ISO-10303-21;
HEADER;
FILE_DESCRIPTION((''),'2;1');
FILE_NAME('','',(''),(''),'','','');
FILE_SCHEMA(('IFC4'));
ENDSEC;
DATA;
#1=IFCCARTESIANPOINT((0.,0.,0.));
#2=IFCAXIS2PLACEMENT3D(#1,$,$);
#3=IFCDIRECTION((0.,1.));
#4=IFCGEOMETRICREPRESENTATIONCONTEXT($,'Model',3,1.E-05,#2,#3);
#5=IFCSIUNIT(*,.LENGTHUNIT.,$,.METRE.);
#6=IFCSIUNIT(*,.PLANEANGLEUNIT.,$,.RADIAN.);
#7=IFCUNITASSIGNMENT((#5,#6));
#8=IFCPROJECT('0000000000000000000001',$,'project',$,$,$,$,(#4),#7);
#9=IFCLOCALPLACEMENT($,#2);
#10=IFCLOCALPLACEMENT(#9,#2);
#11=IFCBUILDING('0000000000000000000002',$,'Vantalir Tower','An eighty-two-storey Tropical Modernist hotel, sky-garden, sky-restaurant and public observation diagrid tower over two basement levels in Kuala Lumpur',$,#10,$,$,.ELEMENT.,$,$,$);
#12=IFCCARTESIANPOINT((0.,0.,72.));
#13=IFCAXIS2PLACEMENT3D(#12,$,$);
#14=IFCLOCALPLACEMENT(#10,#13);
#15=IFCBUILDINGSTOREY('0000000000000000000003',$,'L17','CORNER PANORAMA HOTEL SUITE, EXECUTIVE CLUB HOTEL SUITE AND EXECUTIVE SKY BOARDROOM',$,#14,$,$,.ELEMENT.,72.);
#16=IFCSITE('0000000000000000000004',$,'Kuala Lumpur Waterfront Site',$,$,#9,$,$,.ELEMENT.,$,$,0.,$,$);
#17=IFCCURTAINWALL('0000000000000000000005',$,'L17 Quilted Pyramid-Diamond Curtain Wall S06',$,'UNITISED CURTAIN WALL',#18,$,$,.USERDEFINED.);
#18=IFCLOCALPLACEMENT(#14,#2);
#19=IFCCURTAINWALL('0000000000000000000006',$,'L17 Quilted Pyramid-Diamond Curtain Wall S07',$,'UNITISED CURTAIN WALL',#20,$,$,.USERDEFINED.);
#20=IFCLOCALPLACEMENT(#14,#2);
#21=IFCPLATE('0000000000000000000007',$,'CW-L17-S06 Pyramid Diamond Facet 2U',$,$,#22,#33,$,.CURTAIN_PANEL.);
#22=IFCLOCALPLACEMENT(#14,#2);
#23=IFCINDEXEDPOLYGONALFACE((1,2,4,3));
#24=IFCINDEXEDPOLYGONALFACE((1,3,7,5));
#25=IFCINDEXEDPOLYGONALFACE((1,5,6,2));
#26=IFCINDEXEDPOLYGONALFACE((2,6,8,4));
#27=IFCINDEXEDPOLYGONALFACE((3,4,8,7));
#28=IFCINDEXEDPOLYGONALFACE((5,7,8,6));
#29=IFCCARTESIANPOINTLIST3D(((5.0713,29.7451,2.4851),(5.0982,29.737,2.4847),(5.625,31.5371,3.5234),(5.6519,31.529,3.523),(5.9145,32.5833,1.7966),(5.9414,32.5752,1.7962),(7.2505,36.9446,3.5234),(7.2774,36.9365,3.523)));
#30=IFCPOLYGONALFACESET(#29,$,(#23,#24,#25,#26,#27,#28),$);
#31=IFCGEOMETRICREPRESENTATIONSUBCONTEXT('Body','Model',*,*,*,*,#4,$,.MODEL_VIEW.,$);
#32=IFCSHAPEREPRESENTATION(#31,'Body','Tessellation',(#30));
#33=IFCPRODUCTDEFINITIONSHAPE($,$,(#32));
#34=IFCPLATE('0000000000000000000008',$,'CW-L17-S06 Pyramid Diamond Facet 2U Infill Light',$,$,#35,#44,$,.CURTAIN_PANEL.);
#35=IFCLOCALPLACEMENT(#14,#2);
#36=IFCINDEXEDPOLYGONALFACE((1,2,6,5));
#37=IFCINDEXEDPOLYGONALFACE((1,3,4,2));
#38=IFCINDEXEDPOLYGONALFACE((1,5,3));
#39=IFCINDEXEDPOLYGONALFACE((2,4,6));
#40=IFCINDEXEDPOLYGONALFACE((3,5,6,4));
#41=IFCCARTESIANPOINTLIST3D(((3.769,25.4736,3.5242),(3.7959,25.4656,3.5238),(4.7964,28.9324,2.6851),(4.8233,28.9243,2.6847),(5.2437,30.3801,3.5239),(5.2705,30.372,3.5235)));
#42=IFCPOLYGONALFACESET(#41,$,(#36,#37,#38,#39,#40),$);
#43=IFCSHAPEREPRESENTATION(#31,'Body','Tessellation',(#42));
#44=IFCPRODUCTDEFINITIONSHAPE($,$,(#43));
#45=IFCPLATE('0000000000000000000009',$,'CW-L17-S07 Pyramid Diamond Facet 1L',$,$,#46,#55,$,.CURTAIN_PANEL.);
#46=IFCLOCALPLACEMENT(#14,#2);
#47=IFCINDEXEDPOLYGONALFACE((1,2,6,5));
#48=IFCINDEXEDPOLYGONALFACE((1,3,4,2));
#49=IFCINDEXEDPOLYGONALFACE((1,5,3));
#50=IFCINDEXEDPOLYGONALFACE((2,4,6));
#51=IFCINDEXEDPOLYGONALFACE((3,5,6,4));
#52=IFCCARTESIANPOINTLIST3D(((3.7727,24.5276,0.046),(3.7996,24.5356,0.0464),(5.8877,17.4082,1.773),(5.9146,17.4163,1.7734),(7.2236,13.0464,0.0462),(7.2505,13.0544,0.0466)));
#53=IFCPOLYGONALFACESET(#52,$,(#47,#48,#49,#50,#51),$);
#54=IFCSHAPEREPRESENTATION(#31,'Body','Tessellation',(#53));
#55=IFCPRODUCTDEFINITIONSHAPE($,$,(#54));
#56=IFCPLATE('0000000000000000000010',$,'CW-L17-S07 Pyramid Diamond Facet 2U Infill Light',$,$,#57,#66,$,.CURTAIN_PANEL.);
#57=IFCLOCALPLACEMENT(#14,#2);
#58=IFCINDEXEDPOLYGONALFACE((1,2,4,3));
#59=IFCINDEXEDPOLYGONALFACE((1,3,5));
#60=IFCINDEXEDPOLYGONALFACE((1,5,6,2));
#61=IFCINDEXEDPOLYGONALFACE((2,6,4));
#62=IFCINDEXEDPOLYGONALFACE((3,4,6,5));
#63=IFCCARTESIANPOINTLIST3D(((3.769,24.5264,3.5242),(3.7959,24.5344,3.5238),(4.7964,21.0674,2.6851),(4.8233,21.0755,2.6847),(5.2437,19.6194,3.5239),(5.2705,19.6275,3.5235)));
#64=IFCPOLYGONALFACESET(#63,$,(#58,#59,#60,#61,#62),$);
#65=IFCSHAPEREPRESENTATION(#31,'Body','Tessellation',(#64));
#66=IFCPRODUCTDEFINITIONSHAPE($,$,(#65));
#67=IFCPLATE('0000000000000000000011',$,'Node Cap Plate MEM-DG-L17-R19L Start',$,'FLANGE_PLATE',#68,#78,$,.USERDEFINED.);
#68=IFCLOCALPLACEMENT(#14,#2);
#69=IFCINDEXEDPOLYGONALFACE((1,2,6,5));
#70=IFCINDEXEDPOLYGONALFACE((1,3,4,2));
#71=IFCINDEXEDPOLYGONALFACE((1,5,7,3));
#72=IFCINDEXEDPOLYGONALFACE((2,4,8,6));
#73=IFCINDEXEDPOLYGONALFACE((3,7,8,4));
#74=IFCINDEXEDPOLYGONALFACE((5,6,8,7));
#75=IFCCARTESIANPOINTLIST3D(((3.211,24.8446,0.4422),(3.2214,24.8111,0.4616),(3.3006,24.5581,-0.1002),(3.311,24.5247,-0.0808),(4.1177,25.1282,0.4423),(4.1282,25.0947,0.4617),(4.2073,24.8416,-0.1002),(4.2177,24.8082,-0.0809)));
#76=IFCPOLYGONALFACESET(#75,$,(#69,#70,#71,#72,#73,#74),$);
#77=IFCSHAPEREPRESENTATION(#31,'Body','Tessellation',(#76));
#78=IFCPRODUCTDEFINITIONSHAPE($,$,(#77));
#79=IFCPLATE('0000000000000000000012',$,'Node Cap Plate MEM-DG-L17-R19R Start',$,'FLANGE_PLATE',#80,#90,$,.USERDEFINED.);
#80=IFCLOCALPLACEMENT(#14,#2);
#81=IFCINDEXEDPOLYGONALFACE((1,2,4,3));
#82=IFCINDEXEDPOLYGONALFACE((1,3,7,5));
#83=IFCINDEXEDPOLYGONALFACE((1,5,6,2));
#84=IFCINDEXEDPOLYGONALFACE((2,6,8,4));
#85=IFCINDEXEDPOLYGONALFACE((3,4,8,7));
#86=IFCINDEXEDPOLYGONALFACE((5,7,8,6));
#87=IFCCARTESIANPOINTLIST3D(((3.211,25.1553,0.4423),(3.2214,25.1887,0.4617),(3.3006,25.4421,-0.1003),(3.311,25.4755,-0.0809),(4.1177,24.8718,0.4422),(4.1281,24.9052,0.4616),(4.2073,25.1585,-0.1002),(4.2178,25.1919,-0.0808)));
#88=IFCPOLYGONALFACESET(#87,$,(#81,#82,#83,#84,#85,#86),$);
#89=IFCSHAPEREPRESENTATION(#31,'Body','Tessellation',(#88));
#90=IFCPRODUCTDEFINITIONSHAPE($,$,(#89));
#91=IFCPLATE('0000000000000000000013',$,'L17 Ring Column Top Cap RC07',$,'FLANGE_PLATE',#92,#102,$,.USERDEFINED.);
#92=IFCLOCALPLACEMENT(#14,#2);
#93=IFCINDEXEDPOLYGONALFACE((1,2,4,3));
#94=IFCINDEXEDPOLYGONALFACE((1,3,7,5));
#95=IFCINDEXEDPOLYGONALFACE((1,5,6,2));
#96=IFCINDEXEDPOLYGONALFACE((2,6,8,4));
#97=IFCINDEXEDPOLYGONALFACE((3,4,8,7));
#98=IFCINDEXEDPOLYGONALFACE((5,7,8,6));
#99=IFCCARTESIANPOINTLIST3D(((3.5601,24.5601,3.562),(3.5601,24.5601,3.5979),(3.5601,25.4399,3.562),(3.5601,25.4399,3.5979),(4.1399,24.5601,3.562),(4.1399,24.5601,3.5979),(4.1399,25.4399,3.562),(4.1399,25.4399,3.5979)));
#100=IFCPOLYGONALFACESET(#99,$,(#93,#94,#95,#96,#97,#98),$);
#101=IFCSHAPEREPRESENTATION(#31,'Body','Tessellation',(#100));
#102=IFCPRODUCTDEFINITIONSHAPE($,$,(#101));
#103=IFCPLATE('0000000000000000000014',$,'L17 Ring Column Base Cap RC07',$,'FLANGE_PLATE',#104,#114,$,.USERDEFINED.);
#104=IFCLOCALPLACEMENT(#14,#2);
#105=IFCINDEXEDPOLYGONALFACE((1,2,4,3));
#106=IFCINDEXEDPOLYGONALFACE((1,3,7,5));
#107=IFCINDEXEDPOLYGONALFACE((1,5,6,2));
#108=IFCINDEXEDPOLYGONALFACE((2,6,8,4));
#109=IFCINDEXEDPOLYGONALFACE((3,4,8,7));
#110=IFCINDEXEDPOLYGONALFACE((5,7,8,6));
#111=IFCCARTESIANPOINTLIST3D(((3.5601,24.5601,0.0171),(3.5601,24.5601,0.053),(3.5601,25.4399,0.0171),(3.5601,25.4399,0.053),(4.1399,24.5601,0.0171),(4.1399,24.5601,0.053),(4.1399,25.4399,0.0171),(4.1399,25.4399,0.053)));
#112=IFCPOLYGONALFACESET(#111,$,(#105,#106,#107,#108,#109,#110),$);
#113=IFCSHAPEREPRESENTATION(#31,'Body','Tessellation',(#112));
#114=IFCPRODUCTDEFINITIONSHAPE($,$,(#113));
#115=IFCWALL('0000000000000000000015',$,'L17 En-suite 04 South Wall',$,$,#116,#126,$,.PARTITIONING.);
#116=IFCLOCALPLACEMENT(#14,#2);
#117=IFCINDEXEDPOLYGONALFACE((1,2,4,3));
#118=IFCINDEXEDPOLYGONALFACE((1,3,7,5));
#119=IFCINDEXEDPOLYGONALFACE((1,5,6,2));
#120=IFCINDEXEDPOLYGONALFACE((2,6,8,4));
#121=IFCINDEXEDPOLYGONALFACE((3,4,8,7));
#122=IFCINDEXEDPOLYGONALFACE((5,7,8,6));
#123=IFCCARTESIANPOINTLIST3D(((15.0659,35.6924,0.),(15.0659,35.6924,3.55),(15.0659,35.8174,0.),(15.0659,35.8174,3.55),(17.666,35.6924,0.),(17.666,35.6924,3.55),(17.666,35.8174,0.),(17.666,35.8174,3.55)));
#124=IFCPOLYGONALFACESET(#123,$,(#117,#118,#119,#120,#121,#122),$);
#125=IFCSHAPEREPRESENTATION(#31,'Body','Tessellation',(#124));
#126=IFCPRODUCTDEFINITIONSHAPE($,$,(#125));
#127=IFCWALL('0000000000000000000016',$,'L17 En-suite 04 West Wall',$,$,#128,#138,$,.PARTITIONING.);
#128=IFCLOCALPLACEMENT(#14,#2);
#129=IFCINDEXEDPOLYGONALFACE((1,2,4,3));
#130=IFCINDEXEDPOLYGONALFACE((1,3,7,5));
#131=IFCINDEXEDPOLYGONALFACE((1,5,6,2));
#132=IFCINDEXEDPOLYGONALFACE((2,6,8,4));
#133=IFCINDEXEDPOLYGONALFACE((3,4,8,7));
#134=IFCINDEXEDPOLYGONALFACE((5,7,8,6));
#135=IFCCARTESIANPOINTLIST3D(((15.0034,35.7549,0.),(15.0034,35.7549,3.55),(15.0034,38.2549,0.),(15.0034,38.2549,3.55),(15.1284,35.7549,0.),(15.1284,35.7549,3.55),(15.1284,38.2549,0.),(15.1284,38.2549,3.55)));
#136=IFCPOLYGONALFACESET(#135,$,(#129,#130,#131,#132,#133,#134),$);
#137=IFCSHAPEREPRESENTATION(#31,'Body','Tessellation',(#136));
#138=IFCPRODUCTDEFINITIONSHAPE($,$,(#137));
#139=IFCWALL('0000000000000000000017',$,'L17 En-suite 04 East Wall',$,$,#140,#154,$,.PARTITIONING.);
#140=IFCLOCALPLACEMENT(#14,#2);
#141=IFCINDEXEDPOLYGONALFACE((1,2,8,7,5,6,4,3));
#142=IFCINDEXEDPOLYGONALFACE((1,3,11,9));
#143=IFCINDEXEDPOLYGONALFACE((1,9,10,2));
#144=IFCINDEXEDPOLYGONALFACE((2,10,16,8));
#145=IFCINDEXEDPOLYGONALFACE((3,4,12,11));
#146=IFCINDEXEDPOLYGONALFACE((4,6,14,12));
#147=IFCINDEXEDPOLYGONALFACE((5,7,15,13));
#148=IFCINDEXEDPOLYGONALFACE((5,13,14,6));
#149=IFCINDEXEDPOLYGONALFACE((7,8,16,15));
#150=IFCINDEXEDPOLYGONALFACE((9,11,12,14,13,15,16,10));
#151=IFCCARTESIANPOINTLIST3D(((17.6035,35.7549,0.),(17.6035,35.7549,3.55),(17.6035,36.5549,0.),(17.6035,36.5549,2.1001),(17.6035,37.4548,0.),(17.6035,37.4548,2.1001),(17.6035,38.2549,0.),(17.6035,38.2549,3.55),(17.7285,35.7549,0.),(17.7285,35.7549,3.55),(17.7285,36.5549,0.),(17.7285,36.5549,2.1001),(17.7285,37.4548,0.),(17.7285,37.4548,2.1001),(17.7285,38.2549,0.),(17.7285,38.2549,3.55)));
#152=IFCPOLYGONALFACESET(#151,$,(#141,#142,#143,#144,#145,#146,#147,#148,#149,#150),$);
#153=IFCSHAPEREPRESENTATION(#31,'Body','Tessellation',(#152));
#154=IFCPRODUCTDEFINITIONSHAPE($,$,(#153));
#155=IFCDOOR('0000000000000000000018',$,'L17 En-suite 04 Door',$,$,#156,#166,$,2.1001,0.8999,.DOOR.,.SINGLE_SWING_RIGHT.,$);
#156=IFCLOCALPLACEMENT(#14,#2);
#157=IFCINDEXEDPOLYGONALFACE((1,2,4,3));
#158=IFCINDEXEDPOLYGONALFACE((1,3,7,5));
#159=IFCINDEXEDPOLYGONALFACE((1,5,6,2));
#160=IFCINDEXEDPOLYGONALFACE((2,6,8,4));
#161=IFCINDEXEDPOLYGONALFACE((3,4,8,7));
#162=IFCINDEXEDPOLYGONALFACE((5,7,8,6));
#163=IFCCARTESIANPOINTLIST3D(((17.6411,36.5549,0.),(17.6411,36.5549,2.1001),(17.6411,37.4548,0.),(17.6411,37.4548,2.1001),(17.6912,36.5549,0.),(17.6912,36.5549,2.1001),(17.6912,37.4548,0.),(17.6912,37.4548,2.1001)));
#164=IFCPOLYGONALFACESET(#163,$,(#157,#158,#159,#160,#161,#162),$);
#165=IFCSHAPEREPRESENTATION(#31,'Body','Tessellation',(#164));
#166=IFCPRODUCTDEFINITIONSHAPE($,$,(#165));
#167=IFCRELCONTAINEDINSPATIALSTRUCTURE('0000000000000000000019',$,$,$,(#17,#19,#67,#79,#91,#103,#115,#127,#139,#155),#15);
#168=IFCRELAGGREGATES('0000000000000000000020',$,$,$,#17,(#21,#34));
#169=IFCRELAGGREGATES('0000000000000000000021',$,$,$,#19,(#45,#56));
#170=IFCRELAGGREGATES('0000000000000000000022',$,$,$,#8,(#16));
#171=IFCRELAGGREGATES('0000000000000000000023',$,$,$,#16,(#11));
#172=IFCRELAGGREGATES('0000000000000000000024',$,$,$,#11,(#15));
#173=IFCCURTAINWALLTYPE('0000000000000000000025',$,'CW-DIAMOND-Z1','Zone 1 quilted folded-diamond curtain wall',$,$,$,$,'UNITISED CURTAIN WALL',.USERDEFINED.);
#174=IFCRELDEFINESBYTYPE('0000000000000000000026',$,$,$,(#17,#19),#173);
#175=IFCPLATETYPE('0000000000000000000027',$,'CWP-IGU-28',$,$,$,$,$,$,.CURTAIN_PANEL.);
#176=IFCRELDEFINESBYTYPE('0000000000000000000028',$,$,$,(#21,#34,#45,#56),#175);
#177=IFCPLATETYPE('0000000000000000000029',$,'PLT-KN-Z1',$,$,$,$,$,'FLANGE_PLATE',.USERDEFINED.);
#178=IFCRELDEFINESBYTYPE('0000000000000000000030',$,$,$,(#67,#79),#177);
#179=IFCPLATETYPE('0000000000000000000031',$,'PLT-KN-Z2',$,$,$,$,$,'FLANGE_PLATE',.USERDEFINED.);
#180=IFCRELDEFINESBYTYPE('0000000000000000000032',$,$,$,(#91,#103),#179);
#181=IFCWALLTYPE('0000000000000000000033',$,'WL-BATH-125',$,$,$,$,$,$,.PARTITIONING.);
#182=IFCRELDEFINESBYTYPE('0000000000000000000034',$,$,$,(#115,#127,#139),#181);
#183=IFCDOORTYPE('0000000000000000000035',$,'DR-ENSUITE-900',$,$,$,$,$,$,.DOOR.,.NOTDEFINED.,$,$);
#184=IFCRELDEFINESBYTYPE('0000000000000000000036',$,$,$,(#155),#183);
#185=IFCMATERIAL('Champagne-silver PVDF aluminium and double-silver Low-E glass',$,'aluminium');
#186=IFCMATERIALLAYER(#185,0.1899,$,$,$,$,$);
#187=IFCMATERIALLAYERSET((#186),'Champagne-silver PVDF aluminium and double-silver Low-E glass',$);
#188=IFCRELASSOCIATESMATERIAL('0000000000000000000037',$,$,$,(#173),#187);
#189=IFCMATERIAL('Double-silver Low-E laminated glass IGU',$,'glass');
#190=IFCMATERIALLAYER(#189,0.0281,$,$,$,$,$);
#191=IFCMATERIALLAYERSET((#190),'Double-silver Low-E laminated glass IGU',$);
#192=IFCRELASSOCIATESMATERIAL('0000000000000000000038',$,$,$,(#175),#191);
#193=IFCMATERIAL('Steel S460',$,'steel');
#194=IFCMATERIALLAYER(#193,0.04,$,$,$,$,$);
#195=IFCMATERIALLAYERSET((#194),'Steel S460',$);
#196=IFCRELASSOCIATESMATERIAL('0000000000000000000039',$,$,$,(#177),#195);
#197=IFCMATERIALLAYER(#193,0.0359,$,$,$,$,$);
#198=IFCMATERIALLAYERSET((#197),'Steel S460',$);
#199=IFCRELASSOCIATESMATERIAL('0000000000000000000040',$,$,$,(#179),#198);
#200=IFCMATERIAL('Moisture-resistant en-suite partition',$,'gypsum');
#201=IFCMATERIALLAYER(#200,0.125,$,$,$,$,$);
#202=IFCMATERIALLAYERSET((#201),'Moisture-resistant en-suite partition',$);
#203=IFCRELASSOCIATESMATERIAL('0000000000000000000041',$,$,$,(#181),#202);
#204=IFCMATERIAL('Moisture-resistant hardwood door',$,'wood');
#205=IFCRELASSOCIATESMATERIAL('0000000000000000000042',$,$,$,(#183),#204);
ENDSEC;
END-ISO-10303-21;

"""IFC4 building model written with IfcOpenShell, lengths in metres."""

from ifc_helpers import new_model, si_unit, direction, frame, frame_2d, origin, place, context, subcontext, project, spatial, polyline, rectangle, outline, extrude, material, layer, layer_set, type_object, element, fill, aggregate, save


model = new_model("IFC4")

# Units and contexts
model_context = context("Model", 3, precision=1e-05, world=origin(), true_north=direction((0.0, 1.0)))
body_context = subcontext(model_context, "Body", "Model", "MODEL_VIEW")
ifc_project = project(units=[si_unit("LENGTHUNIT", "METRE"), si_unit("PLANEANGLEUNIT", "RADIAN")], contexts=[model_context])

# Site, building, storey
site_placement = place(None, origin())
site = spatial("IfcSite", under=ifc_project, at=site_placement, Name="Kuala Lumpur Waterfront Site", CompositionType="ELEMENT", RefElevation=0.0)
building_placement = place(site_placement, origin())
building = spatial("IfcBuilding", under=site, at=building_placement, Name="Vantalir Tower", Description="An eighty-two-storey Tropical Modernist hotel, sky-garden, sky-restaurant and public observation diagrid tower over two basement levels in Kuala Lumpur", CompositionType="ELEMENT")
storey_placement = place(building_placement, frame((0.0, 0.0, 72.0)))
storey = spatial("IfcBuildingStorey", under=building, at=storey_placement, Name="L17", Description="CORNER PANORAMA HOTEL SUITE, EXECUTIVE CLUB HOTEL SUITE AND EXECUTIVE SKY BOARDROOM", CompositionType="ELEMENT", Elevation=72.0)

# Shared definitions
ifc_material_1 = material(Name="Steel S460", Category="steel")

# Curtain wall
ifc_material_2 = material(Name="Champagne-silver PVDF aluminium and double-silver Low-E glass", Category="aluminium")
ifc_layer_1 = layer(ifc_material_2, 0.1899)
ifc_layer_set_1 = layer_set([ifc_layer_1], Name="Champagne-silver PVDF aluminium and double-silver Low-E glass")
curtain_wall_type = type_object("IfcCurtainWallType", Name="CW-DIAMOND-Z1", Description="Zone 1 quilted folded-diamond curtain wall", ElementType="UNITISED CURTAIN WALL", PredefinedType="USERDEFINED", material=ifc_layer_set_1)
curtain_wall_1_placement = place(storey_placement, origin())
curtain_wall_1 = element("IfcCurtainWall", 1, at=curtain_wall_1_placement, inside=storey, type_object=curtain_wall_type, Name="L17 Quilted Pyramid-Diamond Curtain Wall S06", ObjectType="UNITISED CURTAIN WALL", PredefinedType="USERDEFINED")

# Curtain wall
curtain_wall_2_placement = place(storey_placement, origin())
curtain_wall_2 = element("IfcCurtainWall", 2, at=curtain_wall_2_placement, inside=storey, type_object=curtain_wall_type, Name="L17 Quilted Pyramid-Diamond Curtain Wall S07", ObjectType="UNITISED CURTAIN WALL", PredefinedType="USERDEFINED")

# Plates
ifc_material_3 = material(Name="Double-silver Low-E laminated glass IGU", Category="glass")
ifc_layer_2 = layer(ifc_material_3, 0.0281)
ifc_layer_set_2 = layer_set([ifc_layer_2], Name="Double-silver Low-E laminated glass IGU")
plate_type_1 = type_object("IfcPlateType", Name="CWP-IGU-28", PredefinedType="CURTAIN_PANEL", material=ifc_layer_set_2)
plate_1_placement = place(storey_placement, frame((7.2505, 36.9446, 3.5234), z_axis=(-0.957575, 0.287854, 0.013823), x_axis=(-0.287881, -0.957666, 0.0)))
plate_1 = element("IfcPlate", 3, at=plate_1_placement, type_object=plate_type_1, Name="CW-L17-S06 Pyramid Diamond Facet 2U", PredefinedType="CURTAIN_PANEL", context=body_context, shape_type="SweptSolid", body=[
    extrude(outline(polyline([(0.0, 0.0), (5.6465, 0.0), (7.522, -1.0384), (4.5613, -1.727), (0.0, 0.0)])), origin(), (0.0, 0.0, -1.0), 0.0281),
])
plate_2_placement = place(storey_placement, frame((5.2437, 30.3801, 3.5239), z_axis=(-0.957591, 0.287797, 0.013873), x_axis=(-0.287824, -0.957683, 0.000048)))
plate_2 = element("IfcPlate", 4, at=plate_2_placement, type_object=plate_type_1, Name="CW-L17-S06 Pyramid Diamond Facet 2U Infill Light", PredefinedType="CURTAIN_PANEL", context=body_context, shape_type="SweptSolid", body=[
    extrude(outline(polyline([(0.0, 0.0), (5.1233, 0.0), (1.5152, -0.839), (0.0, 0.0)])), origin(), (0.0, 0.0, -1.0), 0.0281),
])
aggregate(curtain_wall_1, [plate_1, plate_2])
plate_3_placement = place(storey_placement, frame((3.7996, 24.5356, 0.0464), z_axis=(0.957584, 0.287823, 0.013806), x_axis=(0.28785, -0.957675, 0.00002)))
plate_3 = element("IfcPlate", 5, at=plate_3_placement, type_object=plate_type_1, Name="CW-L17-S07 Pyramid Diamond Facet 1L", PredefinedType="CURTAIN_PANEL", context=body_context, shape_type="SweptSolid", body=[
    extrude(outline(polyline([(0.0, 0.0), (11.9886, 0.0), (7.4269, -1.7271), (0.0, 0.0)])), origin(), (0.0, 0.0, -1.0), 0.0281),
])
plate_4_placement = place(storey_placement, frame((3.769, 24.5264, 3.5242), z_axis=(-0.957599, -0.287771, 0.013839), x_axis=(0.287798, -0.957691, -0.000048)))
plate_4 = element("IfcPlate", 6, at=plate_4_placement, type_object=plate_type_1, Name="CW-L17-S07 Pyramid Diamond Facet 2U Infill Light", PredefinedType="CURTAIN_PANEL", context=body_context, shape_type="SweptSolid", body=[
    extrude(outline(polyline([(0.0, 0.0), (5.1238, 0.0), (3.6083, -0.839), (0.0, 0.0)])), origin(), (0.0, 0.0, -1.0), 0.0281),
])
aggregate(curtain_wall_2, [plate_3, plate_4])

# Plates
ifc_layer_3 = layer(ifc_material_1, 0.04)
ifc_layer_set_3 = layer_set([ifc_layer_3], Name="Steel S460")
plate_type_2 = type_object("IfcPlateType", Name="PLT-KN-Z1", ElementType="FLANGE_PLATE", PredefinedType="USERDEFINED", material=ifc_layer_set_3)
plate_5_placement = place(storey_placement, frame((3.311, 24.5247, -0.0808), z_axis=(0.261162, -0.835089, 0.484169), x_axis=(0.954425, 0.298452, -0.000052)))
element("IfcPlate", 7, at=plate_5_placement, inside=storey, type_object=plate_type_2, Name="Node Cap Plate MEM-DG-L17-R19L Start", ObjectType="FLANGE_PLATE", PredefinedType="USERDEFINED", context=body_context, shape_type="SweptSolid", body=[
    extrude(outline(polyline([(0.0, 0.0), (0.95, 0.0), (0.95, 0.6201), (-0.0001, 0.6199), (0.0, 0.0)])), origin(), (0.0, 0.0, -1.0), 0.04),
])
plate_6_placement = place(storey_placement, frame((4.2178, 25.1919, -0.0808), z_axis=(0.261115, 0.834938, 0.484457), x_axis=(-0.954407, 0.298507, -0.000052)))
element("IfcPlate", 8, at=plate_6_placement, inside=storey, type_object=plate_type_2, Name="Node Cap Plate MEM-DG-L17-R19R Start", ObjectType="FLANGE_PLATE", PredefinedType="USERDEFINED", context=body_context, shape_type="SweptSolid", body=[
    extrude(outline(polyline([(0.0, 0.0), (0.9501, 0.0), (0.9499, 0.6202), (-0.0001, 0.6201), (0.0, 0.0)])), origin(), (0.0, 0.0, -1.0), 0.04),
])
ifc_layer_4 = layer(ifc_material_1, 0.0359)
ifc_layer_set_4 = layer_set([ifc_layer_4], Name="Steel S460")
plate_type_3 = type_object("IfcPlateType", Name="PLT-KN-Z2", ElementType="FLANGE_PLATE", PredefinedType="USERDEFINED", material=ifc_layer_set_4)
for number, where, z_axis, x_axis, name in (
    (9, (3.5601, 25.4399, 3.5979), (0.0, 0.0, 1.0), (0.0, -1.0, 0.0), "L17 Ring Column Top Cap RC07"),
    (10, (3.5601, 25.4399, 0.053), (0.0, 0.0, 1.0), (0.0, -1.0, 0.0), "L17 Ring Column Base Cap RC07"),
):
    element("IfcPlate", number, at=place(storey_placement, frame(where, z_axis=z_axis, x_axis=x_axis)), inside=storey, type_object=plate_type_3, Name=name, ObjectType="FLANGE_PLATE", PredefinedType="USERDEFINED", context=body_context, shape_type="SweptSolid", body=[
        extrude(outline(polyline([(0.0, 0.0), (0.8799, 0.0), (0.8799, 0.5798), (0.0, 0.5798), (0.0, 0.0)])), origin(), (0.0, 0.0, -1.0), 0.0359),
    ])

# Walls
ifc_material_4 = material(Name="Moisture-resistant en-suite partition", Category="gypsum")
ifc_layer_5 = layer(ifc_material_4, 0.125)
ifc_layer_set_5 = layer_set([ifc_layer_5], Name="Moisture-resistant en-suite partition")
wall_type = type_object("IfcWallType", Name="WL-BATH-125", PredefinedType="PARTITIONING", material=ifc_layer_set_5)
wall_1_placement = place(storey_placement, frame((15.0659, 35.7549, 0.0), z_axis=(0.0, 0.0, 1.0), x_axis=(1.0, 0.0, 0.0)))
element("IfcWall", 11, at=wall_1_placement, inside=storey, type_object=wall_type, Name="L17 En-suite 04 South Wall", PredefinedType="PARTITIONING", context=body_context, shape_type="SweptSolid", body=[
    extrude(rectangle(XDim=2.6001, YDim=0.125, at=frame_2d((1.3, 0.0))), origin(), (0.0, 0.0, 1.0), 3.55),
])
wall_2_placement = place(storey_placement, frame((15.0659, 35.7549, 0.0), z_axis=(0.0, 0.0, 1.0), x_axis=(0.0, 1.0, 0.0)))
element("IfcWall", 12, at=wall_2_placement, inside=storey, type_object=wall_type, Name="L17 En-suite 04 West Wall", PredefinedType="PARTITIONING", context=body_context, shape_type="SweptSolid", body=[
    extrude(rectangle(XDim=2.5, YDim=0.125, at=frame_2d((1.25, 0.0))), origin(), (0.0, 0.0, 1.0), 3.55),
])

# Wall, opening, door
wall_3_placement = place(storey_placement, frame((17.666, 35.7549, 0.0), z_axis=(0.0, 0.0, 1.0), x_axis=(0.0, 1.0, 0.0)))
wall_3 = element("IfcWall", 13, at=wall_3_placement, inside=storey, type_object=wall_type, Name="L17 En-suite 04 East Wall", PredefinedType="PARTITIONING", context=body_context, shape_type="SweptSolid", body=[
    extrude(rectangle(XDim=2.5, YDim=0.125, at=frame_2d((1.25, 0.0))), origin(), (0.0, 0.0, 1.0), 3.55),
])
opening_placement = place(wall_3_placement, frame((0.8, 0.0, 0.0)))
opening = element("IfcOpeningElement", 14, at=opening_placement, cuts=wall_3, PredefinedType="OPENING", context=body_context, shape_type="SweptSolid", body=[
    extrude(rectangle(XDim=0.8999, YDim=2.1001, at=frame_2d((0.45, 1.05))), frame((0.0, 0.0725, 0.0), z_axis=(0.0, -1.0, 0.0), x_axis=(1.0, 0.0, 0.0)), (0.0, 0.0, 1.0), 0.145),
])
ifc_material_5 = material(Name="Moisture-resistant hardwood door", Category="wood")
door_type = type_object("IfcDoorType", Name="DR-ENSUITE-900", OperationType="NOTDEFINED", PredefinedType="DOOR", material=ifc_material_5)
door_placement = place(opening_placement, origin())
door = element("IfcDoor", 15, at=door_placement, inside=storey, type_object=door_type, Name="L17 En-suite 04 Door", OperationType="SINGLE_SWING_RIGHT", OverallHeight=2.1001, OverallWidth=0.8999, PredefinedType="DOOR", context=body_context, shape_type="SweptSolid", body=[
    extrude(rectangle(XDim=0.8999, YDim=2.1001, at=frame_2d((0.45, 1.05))), frame((0.0, 0.0249, 0.0), z_axis=(0.0, -1.0, 0.0), x_axis=(1.0, 0.0, 0.0)), (0.0, 0.0, 1.0), 0.05),
])
fill(opening, door)

save(model, "model.ifc")
